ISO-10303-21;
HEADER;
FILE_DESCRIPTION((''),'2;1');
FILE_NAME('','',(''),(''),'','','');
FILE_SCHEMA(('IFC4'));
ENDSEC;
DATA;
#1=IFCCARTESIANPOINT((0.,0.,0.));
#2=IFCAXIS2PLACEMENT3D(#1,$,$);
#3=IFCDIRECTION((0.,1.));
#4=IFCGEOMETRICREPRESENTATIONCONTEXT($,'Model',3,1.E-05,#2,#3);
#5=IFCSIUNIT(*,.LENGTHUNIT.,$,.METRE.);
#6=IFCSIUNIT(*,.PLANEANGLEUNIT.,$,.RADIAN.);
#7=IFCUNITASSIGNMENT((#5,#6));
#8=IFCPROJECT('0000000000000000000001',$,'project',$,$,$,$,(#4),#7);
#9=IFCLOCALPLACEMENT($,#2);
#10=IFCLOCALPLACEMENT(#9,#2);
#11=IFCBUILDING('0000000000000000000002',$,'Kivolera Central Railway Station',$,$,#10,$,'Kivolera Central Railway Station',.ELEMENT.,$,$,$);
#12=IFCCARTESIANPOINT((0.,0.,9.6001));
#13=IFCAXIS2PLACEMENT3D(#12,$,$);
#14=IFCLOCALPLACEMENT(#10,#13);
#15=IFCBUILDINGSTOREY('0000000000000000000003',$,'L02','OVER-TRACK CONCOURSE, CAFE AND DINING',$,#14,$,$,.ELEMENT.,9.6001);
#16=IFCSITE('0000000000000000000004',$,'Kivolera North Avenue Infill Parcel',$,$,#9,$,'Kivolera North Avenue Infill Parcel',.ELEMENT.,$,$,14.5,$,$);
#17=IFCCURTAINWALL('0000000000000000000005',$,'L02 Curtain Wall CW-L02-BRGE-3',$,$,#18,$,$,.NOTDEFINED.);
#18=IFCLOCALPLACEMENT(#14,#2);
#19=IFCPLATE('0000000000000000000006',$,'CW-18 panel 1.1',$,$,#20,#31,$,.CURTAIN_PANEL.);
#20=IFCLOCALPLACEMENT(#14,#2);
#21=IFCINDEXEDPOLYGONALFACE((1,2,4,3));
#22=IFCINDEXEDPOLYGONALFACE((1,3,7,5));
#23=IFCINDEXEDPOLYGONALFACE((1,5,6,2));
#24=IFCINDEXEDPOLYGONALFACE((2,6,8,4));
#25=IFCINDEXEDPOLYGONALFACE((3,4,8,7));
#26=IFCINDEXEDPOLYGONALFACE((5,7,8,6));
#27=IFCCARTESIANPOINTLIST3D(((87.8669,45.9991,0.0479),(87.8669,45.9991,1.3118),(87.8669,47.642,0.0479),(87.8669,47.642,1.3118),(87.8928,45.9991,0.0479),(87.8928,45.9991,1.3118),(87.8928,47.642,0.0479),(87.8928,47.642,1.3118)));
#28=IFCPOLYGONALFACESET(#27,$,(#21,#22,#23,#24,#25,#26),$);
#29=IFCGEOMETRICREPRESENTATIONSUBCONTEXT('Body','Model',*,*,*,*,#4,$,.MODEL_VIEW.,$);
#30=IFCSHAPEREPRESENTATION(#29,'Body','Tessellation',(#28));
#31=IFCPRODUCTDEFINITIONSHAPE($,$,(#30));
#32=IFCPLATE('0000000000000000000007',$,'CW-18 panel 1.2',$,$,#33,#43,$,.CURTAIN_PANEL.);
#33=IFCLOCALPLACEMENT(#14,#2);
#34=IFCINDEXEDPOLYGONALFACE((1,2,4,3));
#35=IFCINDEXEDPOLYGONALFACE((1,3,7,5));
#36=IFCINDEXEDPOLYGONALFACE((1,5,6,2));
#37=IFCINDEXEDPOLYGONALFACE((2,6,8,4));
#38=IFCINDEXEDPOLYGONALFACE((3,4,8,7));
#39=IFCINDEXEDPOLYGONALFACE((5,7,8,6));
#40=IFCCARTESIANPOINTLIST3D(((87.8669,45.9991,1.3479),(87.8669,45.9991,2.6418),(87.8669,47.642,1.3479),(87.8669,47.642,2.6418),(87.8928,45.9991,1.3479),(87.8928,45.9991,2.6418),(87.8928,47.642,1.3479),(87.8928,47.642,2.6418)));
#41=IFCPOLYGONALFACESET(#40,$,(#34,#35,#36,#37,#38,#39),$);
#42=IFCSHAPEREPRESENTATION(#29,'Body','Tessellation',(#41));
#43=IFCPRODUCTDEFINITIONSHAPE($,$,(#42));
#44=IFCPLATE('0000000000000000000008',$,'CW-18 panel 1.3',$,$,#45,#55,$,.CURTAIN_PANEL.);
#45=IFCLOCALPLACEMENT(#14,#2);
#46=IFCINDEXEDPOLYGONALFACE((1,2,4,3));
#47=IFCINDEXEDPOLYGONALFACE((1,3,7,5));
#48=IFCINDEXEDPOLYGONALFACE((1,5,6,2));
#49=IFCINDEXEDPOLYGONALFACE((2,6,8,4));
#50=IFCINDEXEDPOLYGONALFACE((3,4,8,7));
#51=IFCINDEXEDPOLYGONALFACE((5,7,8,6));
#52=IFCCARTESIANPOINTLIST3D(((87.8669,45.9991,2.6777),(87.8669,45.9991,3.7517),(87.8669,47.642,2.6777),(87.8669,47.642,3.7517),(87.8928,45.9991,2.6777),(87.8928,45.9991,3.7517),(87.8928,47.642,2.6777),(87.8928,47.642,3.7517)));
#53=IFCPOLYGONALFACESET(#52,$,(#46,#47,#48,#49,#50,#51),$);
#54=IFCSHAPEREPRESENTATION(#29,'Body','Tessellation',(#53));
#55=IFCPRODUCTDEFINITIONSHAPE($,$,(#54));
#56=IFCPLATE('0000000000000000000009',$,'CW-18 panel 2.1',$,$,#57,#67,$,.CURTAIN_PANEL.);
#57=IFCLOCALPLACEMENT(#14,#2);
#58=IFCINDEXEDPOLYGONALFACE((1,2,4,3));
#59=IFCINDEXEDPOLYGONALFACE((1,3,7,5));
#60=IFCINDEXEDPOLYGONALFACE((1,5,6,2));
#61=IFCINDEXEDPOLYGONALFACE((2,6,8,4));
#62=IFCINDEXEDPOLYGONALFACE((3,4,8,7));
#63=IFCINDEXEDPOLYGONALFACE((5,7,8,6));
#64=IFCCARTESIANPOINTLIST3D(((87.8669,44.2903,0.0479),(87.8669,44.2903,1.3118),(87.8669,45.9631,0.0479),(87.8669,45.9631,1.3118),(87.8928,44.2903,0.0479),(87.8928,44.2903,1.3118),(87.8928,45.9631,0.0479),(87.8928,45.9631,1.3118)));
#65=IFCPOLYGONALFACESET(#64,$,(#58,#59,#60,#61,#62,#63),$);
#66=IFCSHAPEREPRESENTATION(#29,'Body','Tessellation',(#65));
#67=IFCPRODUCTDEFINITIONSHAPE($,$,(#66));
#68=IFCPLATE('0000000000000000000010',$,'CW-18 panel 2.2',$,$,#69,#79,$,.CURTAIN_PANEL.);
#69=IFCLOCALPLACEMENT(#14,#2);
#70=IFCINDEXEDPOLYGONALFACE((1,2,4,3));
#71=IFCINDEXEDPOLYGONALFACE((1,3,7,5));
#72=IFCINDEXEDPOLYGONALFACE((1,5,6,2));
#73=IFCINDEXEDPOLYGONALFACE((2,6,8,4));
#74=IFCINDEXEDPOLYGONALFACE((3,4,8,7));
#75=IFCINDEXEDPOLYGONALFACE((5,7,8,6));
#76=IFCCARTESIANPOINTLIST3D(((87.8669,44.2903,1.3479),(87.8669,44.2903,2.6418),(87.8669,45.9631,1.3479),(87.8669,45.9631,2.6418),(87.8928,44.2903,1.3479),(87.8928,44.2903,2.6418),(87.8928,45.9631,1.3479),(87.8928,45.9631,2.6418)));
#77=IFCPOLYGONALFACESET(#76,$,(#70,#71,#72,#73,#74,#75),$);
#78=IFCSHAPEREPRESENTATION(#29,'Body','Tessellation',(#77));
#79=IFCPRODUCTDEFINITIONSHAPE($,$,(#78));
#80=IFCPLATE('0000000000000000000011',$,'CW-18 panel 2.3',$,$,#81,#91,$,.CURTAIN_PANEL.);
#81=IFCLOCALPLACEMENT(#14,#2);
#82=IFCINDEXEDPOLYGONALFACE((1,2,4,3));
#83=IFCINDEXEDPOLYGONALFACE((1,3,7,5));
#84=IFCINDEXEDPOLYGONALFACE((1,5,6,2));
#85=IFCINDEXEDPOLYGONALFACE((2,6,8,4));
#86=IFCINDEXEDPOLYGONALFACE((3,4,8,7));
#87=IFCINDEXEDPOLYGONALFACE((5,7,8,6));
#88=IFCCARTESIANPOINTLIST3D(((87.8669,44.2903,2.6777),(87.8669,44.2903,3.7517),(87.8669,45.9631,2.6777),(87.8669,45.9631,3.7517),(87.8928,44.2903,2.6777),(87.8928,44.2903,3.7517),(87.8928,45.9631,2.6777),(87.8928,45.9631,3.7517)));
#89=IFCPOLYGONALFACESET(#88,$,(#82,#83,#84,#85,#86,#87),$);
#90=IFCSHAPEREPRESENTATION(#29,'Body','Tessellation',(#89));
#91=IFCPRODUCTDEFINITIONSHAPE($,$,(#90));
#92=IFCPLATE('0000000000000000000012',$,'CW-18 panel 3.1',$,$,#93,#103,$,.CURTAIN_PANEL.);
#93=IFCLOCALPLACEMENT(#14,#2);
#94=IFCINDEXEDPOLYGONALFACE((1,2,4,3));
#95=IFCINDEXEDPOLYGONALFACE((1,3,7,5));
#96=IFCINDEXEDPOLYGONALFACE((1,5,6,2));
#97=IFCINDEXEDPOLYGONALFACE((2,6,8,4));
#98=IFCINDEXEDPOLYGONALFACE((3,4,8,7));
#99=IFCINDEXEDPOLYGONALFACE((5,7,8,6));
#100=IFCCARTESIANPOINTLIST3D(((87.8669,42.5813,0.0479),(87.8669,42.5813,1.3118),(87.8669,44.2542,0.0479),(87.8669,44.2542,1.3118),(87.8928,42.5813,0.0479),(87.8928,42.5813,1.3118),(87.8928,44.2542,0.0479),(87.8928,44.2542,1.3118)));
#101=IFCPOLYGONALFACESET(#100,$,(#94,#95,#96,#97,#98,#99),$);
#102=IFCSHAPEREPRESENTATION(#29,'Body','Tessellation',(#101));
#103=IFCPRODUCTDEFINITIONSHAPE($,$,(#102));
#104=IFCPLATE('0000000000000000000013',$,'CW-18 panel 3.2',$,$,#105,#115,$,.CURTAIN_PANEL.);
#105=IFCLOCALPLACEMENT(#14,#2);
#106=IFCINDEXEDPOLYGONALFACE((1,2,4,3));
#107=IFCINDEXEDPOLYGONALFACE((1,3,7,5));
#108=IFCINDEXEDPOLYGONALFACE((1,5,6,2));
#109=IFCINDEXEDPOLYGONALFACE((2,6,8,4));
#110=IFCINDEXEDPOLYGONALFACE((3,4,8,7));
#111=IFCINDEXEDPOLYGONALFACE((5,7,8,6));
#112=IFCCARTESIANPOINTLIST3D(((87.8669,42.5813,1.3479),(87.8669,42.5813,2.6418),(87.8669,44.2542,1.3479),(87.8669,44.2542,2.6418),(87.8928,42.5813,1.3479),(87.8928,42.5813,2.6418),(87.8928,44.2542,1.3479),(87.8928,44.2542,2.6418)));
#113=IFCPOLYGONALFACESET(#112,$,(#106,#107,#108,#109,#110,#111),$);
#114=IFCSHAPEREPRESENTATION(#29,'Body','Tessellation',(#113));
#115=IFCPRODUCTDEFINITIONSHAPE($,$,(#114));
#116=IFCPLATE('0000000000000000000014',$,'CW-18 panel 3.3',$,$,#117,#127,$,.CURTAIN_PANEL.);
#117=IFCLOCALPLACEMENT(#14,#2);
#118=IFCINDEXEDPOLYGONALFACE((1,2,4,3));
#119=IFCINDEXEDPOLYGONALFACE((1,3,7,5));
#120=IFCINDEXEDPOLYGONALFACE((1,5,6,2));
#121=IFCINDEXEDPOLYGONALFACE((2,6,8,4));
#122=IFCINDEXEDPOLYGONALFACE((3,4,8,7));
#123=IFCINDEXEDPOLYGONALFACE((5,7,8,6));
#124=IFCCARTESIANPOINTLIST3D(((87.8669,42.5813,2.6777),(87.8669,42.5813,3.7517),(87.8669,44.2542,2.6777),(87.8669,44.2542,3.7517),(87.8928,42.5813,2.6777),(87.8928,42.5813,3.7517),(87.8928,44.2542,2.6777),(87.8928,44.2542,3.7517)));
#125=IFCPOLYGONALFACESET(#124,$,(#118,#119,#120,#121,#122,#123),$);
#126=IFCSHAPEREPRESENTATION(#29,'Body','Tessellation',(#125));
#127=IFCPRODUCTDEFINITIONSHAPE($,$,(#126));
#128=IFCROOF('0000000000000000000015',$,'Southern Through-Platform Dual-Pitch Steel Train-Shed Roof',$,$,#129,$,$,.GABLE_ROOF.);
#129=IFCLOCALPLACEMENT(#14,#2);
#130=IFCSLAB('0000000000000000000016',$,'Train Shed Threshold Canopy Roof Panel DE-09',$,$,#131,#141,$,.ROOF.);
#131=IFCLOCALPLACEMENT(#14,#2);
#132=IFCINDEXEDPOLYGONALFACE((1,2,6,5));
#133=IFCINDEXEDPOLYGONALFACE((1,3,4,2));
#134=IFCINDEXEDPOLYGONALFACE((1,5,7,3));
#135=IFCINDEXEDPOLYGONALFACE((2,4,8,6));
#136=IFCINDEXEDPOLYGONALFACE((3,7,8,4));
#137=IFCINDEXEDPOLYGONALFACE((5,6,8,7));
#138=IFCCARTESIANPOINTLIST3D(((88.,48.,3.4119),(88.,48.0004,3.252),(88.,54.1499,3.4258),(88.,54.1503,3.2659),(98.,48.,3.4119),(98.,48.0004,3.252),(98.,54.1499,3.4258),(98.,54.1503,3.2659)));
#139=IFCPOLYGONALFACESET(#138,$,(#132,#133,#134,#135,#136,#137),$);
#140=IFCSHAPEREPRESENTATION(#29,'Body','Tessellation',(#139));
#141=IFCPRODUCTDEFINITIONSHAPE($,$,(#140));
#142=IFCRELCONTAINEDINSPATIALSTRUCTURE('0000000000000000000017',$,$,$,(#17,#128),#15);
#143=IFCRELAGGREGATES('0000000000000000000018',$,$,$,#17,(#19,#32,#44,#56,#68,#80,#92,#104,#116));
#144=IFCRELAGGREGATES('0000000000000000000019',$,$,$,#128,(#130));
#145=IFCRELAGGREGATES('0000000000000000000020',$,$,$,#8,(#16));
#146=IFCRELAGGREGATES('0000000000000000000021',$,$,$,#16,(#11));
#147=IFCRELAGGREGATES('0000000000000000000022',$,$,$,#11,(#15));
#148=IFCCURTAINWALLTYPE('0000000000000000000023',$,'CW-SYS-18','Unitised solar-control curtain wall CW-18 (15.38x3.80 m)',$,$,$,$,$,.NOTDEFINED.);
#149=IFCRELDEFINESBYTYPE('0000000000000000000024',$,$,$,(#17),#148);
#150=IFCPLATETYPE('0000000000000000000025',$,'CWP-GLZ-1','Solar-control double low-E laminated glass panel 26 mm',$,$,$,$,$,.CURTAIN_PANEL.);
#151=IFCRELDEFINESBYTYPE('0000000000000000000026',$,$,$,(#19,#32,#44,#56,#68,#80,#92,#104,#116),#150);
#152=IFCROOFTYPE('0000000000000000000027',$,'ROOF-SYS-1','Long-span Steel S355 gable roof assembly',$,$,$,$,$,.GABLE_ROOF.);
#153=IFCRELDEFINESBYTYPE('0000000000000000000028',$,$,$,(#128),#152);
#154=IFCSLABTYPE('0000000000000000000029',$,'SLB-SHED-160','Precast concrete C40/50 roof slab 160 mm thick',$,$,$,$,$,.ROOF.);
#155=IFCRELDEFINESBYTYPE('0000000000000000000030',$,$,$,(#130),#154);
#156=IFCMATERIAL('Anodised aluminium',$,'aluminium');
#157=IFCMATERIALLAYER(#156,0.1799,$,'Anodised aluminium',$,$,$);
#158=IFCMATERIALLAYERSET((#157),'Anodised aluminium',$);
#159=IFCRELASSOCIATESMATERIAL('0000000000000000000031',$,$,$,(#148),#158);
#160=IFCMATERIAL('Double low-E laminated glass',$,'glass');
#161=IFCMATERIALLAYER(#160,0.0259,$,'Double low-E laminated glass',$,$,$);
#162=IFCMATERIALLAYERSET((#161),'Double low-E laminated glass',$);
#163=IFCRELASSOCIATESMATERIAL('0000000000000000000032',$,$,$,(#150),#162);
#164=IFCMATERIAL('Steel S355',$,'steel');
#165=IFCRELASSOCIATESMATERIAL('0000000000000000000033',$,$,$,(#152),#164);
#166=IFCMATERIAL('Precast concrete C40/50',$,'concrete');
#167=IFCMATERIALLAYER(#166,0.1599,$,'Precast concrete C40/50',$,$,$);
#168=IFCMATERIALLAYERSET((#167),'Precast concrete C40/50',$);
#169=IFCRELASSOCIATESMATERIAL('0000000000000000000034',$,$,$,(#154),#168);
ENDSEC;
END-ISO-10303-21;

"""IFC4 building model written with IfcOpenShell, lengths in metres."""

from ifc_helpers import new_model, si_unit, direction, frame, origin, origin_2d, place, context, subcontext, project, spatial, polyline, rectangle, outline, extrude, material, layer, layer_set, type_object, element, aggregate, save


model = new_model("IFC4")

# Units and contexts
model_context = context("Model", 3, precision=1e-05, world=origin(), true_north=direction((0.0, 1.0)))
body_context = subcontext(model_context, "Body", "Model", "MODEL_VIEW")
ifc_project = project(units=[si_unit("LENGTHUNIT", "METRE"), si_unit("PLANEANGLEUNIT", "RADIAN")], contexts=[model_context])

# Site, building, storey
site_placement = place(None, origin())
site = spatial("IfcSite", under=ifc_project, at=site_placement, Name="Kivolera North Avenue Infill Parcel", LongName="Kivolera North Avenue Infill Parcel", CompositionType="ELEMENT", RefElevation=14.5)
building_placement = place(site_placement, origin())
building = spatial("IfcBuilding", under=site, at=building_placement, Name="Kivolera Central Railway Station", LongName="Kivolera Central Railway Station", CompositionType="ELEMENT")
storey_placement = place(building_placement, frame((0.0, 0.0, 9.6001)))
storey = spatial("IfcBuildingStorey", under=building, at=storey_placement, Name="L02", Description="OVER-TRACK CONCOURSE, CAFE AND DINING", CompositionType="ELEMENT", Elevation=9.6001)

# Shared definitions
ifc_material_1 = material(Name="Steel S355", Category="steel")

# Curtain wall, plates
ifc_material_2 = material(Name="Anodised aluminium", Category="aluminium")
ifc_layer_1 = layer(ifc_material_2, 0.1799, Name="Anodised aluminium")
ifc_layer_set_1 = layer_set([ifc_layer_1], Name="Anodised aluminium")
curtain_wall_type = type_object("IfcCurtainWallType", Name="CW-SYS-18", Description="Unitised solar-control curtain wall CW-18 (15.38x3.80 m)", PredefinedType="NOTDEFINED", material=ifc_layer_set_1)
curtain_wall_placement = place(storey_placement, origin())
curtain_wall = element("IfcCurtainWall", 1, at=curtain_wall_placement, inside=storey, type_object=curtain_wall_type, Name="L02 Curtain Wall CW-L02-BRGE-3", PredefinedType="NOTDEFINED")
ifc_material_3 = material(Name="Double low-E laminated glass", Category="glass")
ifc_layer_2 = layer(ifc_material_3, 0.0259, Name="Double low-E laminated glass")
ifc_layer_set_2 = layer_set([ifc_layer_2], Name="Double low-E laminated glass")
plate_type = type_object("IfcPlateType", Name="CWP-GLZ-1", Description="Solar-control double low-E laminated glass panel 26 mm", PredefinedType="CURTAIN_PANEL", material=ifc_layer_set_2)
plate_1_placement = place(storey_placement, frame((87.8799, 46.8206, 0.0479), z_axis=(0.0, 0.0, 1.0), x_axis=(0.0, -1.0, 0.0)))
plate_1 = element("IfcPlate", 2, at=plate_1_placement, type_object=plate_type, Name="CW-18 panel 1.1", PredefinedType="CURTAIN_PANEL", context=body_context, shape_type="SweptSolid", body=[
    extrude(rectangle(XDim=1.6428, YDim=0.0259, at=origin_2d()), origin(), (0.0, 0.0, 1.0), 1.2639),
])
plate_2_placement = place(storey_placement, frame((87.8799, 46.8206, 1.3479), z_axis=(0.0, 0.0, 1.0), x_axis=(0.0, -1.0, 0.0)))
plate_2 = element("IfcPlate", 3, at=plate_2_placement, type_object=plate_type, Name="CW-18 panel 1.2", PredefinedType="CURTAIN_PANEL", context=body_context, shape_type="SweptSolid", body=[
    extrude(rectangle(XDim=1.6428, YDim=0.0259, at=origin_2d()), origin(), (0.0, 0.0, 1.0), 1.2939),
])
plate_3_placement = place(storey_placement, frame((87.8799, 46.8206, 2.6777), z_axis=(0.0, 0.0, 1.0), x_axis=(0.0, -1.0, 0.0)))
plate_3 = element("IfcPlate", 4, at=plate_3_placement, type_object=plate_type, Name="CW-18 panel 1.3", PredefinedType="CURTAIN_PANEL", context=body_context, shape_type="SweptSolid", body=[
    extrude(rectangle(XDim=1.6428, YDim=0.0259, at=origin_2d()), origin(), (0.0, 0.0, 1.0), 1.074),
])
plate_4_placement = place(storey_placement, frame((87.8799, 45.1267, 0.0479), z_axis=(0.0, 0.0, 1.0), x_axis=(0.0, -1.0, 0.0)))
plate_4 = element("IfcPlate", 5, at=plate_4_placement, type_object=plate_type, Name="CW-18 panel 2.1", PredefinedType="CURTAIN_PANEL", context=body_context, shape_type="SweptSolid", body=[
    extrude(rectangle(XDim=1.6729, YDim=0.0259, at=origin_2d()), origin(), (0.0, 0.0, 1.0), 1.2639),
])
plate_5_placement = place(storey_placement, frame((87.8799, 45.1267, 1.3479), z_axis=(0.0, 0.0, 1.0), x_axis=(0.0, -1.0, 0.0)))
plate_5 = element("IfcPlate", 6, at=plate_5_placement, type_object=plate_type, Name="CW-18 panel 2.2", PredefinedType="CURTAIN_PANEL", context=body_context, shape_type="SweptSolid", body=[
    extrude(rectangle(XDim=1.6729, YDim=0.0259, at=origin_2d()), origin(), (0.0, 0.0, 1.0), 1.2939),
])
plate_6_placement = place(storey_placement, frame((87.8799, 45.1267, 2.6777), z_axis=(0.0, 0.0, 1.0), x_axis=(0.0, -1.0, 0.0)))
plate_6 = element("IfcPlate", 7, at=plate_6_placement, type_object=plate_type, Name="CW-18 panel 2.3", PredefinedType="CURTAIN_PANEL", context=body_context, shape_type="SweptSolid", body=[
    extrude(rectangle(XDim=1.6729, YDim=0.0259, at=origin_2d()), origin(), (0.0, 0.0, 1.0), 1.074),
])
plate_7_placement = place(storey_placement, frame((87.8799, 43.4177, 0.0479), z_axis=(0.0, 0.0, 1.0), x_axis=(0.0, -1.0, 0.0)))
plate_7 = element("IfcPlate", 8, at=plate_7_placement, type_object=plate_type, Name="CW-18 panel 3.1", PredefinedType="CURTAIN_PANEL", context=body_context, shape_type="SweptSolid", body=[
    extrude(rectangle(XDim=1.6729, YDim=0.0259, at=origin_2d()), origin(), (0.0, 0.0, 1.0), 1.2639),
])
plate_8_placement = place(storey_placement, frame((87.8799, 43.4177, 1.3479), z_axis=(0.0, 0.0, 1.0), x_axis=(0.0, -1.0, 0.0)))
plate_8 = element("IfcPlate", 9, at=plate_8_placement, type_object=plate_type, Name="CW-18 panel 3.2", PredefinedType="CURTAIN_PANEL", context=body_context, shape_type="SweptSolid", body=[
    extrude(rectangle(XDim=1.6729, YDim=0.0259, at=origin_2d()), origin(), (0.0, 0.0, 1.0), 1.2939),
])
plate_9_placement = place(storey_placement, frame((87.8799, 43.4177, 2.6777), z_axis=(0.0, 0.0, 1.0), x_axis=(0.0, -1.0, 0.0)))
plate_9 = element("IfcPlate", 10, at=plate_9_placement, type_object=plate_type, Name="CW-18 panel 3.3", PredefinedType="CURTAIN_PANEL", context=body_context, shape_type="SweptSolid", body=[
    extrude(rectangle(XDim=1.6729, YDim=0.0259, at=origin_2d()), origin(), (0.0, 0.0, 1.0), 1.074),
])
aggregate(curtain_wall, [plate_1, plate_2, plate_3, plate_4, plate_5, plate_6, plate_7, plate_8, plate_9])

# Roof, slab
roof_type = type_object("IfcRoofType", Name="ROOF-SYS-1", Description="Long-span Steel S355 gable roof assembly", PredefinedType="GABLE_ROOF", material=ifc_material_1)
roof_placement = place(storey_placement, origin())
roof = element("IfcRoof", 11, at=roof_placement, inside=storey, type_object=roof_type, Name="Southern Through-Platform Dual-Pitch Steel Train-Shed Roof", PredefinedType="GABLE_ROOF")
ifc_material_4 = material(Name="Precast concrete C40/50", Category="concrete")
ifc_layer_3 = layer(ifc_material_4, 0.1599, Name="Precast concrete C40/50")
ifc_layer_set_3 = layer_set([ifc_layer_3], Name="Precast concrete C40/50")
slab_type = type_object("IfcSlabType", Name="SLB-SHED-160", Description="Precast concrete C40/50 roof slab 160 mm thick", PredefinedType="ROOF", material=ifc_layer_set_3)
slab_placement = place(storey_placement, frame((88.0, 48.0, 3.4119), z_axis=(0.0, -0.002263, 0.999997), x_axis=(1.0, 0.0, 0.0)))
slab = element("IfcSlab", 12, at=slab_placement, type_object=slab_type, Name="Train Shed Threshold Canopy Roof Panel DE-09", PredefinedType="ROOF", context=body_context, shape_type="SweptSolid", body=[
    extrude(outline(polyline([(0.0, 0.0), (10.0, 0.0), (10.0, 6.1499), (0.0, 6.1499), (0.0, 0.0)])), origin(), (0.0, 0.0, -1.0), 0.1599),
])
aggregate(roof, [slab])

save(model, "model.ifc")
